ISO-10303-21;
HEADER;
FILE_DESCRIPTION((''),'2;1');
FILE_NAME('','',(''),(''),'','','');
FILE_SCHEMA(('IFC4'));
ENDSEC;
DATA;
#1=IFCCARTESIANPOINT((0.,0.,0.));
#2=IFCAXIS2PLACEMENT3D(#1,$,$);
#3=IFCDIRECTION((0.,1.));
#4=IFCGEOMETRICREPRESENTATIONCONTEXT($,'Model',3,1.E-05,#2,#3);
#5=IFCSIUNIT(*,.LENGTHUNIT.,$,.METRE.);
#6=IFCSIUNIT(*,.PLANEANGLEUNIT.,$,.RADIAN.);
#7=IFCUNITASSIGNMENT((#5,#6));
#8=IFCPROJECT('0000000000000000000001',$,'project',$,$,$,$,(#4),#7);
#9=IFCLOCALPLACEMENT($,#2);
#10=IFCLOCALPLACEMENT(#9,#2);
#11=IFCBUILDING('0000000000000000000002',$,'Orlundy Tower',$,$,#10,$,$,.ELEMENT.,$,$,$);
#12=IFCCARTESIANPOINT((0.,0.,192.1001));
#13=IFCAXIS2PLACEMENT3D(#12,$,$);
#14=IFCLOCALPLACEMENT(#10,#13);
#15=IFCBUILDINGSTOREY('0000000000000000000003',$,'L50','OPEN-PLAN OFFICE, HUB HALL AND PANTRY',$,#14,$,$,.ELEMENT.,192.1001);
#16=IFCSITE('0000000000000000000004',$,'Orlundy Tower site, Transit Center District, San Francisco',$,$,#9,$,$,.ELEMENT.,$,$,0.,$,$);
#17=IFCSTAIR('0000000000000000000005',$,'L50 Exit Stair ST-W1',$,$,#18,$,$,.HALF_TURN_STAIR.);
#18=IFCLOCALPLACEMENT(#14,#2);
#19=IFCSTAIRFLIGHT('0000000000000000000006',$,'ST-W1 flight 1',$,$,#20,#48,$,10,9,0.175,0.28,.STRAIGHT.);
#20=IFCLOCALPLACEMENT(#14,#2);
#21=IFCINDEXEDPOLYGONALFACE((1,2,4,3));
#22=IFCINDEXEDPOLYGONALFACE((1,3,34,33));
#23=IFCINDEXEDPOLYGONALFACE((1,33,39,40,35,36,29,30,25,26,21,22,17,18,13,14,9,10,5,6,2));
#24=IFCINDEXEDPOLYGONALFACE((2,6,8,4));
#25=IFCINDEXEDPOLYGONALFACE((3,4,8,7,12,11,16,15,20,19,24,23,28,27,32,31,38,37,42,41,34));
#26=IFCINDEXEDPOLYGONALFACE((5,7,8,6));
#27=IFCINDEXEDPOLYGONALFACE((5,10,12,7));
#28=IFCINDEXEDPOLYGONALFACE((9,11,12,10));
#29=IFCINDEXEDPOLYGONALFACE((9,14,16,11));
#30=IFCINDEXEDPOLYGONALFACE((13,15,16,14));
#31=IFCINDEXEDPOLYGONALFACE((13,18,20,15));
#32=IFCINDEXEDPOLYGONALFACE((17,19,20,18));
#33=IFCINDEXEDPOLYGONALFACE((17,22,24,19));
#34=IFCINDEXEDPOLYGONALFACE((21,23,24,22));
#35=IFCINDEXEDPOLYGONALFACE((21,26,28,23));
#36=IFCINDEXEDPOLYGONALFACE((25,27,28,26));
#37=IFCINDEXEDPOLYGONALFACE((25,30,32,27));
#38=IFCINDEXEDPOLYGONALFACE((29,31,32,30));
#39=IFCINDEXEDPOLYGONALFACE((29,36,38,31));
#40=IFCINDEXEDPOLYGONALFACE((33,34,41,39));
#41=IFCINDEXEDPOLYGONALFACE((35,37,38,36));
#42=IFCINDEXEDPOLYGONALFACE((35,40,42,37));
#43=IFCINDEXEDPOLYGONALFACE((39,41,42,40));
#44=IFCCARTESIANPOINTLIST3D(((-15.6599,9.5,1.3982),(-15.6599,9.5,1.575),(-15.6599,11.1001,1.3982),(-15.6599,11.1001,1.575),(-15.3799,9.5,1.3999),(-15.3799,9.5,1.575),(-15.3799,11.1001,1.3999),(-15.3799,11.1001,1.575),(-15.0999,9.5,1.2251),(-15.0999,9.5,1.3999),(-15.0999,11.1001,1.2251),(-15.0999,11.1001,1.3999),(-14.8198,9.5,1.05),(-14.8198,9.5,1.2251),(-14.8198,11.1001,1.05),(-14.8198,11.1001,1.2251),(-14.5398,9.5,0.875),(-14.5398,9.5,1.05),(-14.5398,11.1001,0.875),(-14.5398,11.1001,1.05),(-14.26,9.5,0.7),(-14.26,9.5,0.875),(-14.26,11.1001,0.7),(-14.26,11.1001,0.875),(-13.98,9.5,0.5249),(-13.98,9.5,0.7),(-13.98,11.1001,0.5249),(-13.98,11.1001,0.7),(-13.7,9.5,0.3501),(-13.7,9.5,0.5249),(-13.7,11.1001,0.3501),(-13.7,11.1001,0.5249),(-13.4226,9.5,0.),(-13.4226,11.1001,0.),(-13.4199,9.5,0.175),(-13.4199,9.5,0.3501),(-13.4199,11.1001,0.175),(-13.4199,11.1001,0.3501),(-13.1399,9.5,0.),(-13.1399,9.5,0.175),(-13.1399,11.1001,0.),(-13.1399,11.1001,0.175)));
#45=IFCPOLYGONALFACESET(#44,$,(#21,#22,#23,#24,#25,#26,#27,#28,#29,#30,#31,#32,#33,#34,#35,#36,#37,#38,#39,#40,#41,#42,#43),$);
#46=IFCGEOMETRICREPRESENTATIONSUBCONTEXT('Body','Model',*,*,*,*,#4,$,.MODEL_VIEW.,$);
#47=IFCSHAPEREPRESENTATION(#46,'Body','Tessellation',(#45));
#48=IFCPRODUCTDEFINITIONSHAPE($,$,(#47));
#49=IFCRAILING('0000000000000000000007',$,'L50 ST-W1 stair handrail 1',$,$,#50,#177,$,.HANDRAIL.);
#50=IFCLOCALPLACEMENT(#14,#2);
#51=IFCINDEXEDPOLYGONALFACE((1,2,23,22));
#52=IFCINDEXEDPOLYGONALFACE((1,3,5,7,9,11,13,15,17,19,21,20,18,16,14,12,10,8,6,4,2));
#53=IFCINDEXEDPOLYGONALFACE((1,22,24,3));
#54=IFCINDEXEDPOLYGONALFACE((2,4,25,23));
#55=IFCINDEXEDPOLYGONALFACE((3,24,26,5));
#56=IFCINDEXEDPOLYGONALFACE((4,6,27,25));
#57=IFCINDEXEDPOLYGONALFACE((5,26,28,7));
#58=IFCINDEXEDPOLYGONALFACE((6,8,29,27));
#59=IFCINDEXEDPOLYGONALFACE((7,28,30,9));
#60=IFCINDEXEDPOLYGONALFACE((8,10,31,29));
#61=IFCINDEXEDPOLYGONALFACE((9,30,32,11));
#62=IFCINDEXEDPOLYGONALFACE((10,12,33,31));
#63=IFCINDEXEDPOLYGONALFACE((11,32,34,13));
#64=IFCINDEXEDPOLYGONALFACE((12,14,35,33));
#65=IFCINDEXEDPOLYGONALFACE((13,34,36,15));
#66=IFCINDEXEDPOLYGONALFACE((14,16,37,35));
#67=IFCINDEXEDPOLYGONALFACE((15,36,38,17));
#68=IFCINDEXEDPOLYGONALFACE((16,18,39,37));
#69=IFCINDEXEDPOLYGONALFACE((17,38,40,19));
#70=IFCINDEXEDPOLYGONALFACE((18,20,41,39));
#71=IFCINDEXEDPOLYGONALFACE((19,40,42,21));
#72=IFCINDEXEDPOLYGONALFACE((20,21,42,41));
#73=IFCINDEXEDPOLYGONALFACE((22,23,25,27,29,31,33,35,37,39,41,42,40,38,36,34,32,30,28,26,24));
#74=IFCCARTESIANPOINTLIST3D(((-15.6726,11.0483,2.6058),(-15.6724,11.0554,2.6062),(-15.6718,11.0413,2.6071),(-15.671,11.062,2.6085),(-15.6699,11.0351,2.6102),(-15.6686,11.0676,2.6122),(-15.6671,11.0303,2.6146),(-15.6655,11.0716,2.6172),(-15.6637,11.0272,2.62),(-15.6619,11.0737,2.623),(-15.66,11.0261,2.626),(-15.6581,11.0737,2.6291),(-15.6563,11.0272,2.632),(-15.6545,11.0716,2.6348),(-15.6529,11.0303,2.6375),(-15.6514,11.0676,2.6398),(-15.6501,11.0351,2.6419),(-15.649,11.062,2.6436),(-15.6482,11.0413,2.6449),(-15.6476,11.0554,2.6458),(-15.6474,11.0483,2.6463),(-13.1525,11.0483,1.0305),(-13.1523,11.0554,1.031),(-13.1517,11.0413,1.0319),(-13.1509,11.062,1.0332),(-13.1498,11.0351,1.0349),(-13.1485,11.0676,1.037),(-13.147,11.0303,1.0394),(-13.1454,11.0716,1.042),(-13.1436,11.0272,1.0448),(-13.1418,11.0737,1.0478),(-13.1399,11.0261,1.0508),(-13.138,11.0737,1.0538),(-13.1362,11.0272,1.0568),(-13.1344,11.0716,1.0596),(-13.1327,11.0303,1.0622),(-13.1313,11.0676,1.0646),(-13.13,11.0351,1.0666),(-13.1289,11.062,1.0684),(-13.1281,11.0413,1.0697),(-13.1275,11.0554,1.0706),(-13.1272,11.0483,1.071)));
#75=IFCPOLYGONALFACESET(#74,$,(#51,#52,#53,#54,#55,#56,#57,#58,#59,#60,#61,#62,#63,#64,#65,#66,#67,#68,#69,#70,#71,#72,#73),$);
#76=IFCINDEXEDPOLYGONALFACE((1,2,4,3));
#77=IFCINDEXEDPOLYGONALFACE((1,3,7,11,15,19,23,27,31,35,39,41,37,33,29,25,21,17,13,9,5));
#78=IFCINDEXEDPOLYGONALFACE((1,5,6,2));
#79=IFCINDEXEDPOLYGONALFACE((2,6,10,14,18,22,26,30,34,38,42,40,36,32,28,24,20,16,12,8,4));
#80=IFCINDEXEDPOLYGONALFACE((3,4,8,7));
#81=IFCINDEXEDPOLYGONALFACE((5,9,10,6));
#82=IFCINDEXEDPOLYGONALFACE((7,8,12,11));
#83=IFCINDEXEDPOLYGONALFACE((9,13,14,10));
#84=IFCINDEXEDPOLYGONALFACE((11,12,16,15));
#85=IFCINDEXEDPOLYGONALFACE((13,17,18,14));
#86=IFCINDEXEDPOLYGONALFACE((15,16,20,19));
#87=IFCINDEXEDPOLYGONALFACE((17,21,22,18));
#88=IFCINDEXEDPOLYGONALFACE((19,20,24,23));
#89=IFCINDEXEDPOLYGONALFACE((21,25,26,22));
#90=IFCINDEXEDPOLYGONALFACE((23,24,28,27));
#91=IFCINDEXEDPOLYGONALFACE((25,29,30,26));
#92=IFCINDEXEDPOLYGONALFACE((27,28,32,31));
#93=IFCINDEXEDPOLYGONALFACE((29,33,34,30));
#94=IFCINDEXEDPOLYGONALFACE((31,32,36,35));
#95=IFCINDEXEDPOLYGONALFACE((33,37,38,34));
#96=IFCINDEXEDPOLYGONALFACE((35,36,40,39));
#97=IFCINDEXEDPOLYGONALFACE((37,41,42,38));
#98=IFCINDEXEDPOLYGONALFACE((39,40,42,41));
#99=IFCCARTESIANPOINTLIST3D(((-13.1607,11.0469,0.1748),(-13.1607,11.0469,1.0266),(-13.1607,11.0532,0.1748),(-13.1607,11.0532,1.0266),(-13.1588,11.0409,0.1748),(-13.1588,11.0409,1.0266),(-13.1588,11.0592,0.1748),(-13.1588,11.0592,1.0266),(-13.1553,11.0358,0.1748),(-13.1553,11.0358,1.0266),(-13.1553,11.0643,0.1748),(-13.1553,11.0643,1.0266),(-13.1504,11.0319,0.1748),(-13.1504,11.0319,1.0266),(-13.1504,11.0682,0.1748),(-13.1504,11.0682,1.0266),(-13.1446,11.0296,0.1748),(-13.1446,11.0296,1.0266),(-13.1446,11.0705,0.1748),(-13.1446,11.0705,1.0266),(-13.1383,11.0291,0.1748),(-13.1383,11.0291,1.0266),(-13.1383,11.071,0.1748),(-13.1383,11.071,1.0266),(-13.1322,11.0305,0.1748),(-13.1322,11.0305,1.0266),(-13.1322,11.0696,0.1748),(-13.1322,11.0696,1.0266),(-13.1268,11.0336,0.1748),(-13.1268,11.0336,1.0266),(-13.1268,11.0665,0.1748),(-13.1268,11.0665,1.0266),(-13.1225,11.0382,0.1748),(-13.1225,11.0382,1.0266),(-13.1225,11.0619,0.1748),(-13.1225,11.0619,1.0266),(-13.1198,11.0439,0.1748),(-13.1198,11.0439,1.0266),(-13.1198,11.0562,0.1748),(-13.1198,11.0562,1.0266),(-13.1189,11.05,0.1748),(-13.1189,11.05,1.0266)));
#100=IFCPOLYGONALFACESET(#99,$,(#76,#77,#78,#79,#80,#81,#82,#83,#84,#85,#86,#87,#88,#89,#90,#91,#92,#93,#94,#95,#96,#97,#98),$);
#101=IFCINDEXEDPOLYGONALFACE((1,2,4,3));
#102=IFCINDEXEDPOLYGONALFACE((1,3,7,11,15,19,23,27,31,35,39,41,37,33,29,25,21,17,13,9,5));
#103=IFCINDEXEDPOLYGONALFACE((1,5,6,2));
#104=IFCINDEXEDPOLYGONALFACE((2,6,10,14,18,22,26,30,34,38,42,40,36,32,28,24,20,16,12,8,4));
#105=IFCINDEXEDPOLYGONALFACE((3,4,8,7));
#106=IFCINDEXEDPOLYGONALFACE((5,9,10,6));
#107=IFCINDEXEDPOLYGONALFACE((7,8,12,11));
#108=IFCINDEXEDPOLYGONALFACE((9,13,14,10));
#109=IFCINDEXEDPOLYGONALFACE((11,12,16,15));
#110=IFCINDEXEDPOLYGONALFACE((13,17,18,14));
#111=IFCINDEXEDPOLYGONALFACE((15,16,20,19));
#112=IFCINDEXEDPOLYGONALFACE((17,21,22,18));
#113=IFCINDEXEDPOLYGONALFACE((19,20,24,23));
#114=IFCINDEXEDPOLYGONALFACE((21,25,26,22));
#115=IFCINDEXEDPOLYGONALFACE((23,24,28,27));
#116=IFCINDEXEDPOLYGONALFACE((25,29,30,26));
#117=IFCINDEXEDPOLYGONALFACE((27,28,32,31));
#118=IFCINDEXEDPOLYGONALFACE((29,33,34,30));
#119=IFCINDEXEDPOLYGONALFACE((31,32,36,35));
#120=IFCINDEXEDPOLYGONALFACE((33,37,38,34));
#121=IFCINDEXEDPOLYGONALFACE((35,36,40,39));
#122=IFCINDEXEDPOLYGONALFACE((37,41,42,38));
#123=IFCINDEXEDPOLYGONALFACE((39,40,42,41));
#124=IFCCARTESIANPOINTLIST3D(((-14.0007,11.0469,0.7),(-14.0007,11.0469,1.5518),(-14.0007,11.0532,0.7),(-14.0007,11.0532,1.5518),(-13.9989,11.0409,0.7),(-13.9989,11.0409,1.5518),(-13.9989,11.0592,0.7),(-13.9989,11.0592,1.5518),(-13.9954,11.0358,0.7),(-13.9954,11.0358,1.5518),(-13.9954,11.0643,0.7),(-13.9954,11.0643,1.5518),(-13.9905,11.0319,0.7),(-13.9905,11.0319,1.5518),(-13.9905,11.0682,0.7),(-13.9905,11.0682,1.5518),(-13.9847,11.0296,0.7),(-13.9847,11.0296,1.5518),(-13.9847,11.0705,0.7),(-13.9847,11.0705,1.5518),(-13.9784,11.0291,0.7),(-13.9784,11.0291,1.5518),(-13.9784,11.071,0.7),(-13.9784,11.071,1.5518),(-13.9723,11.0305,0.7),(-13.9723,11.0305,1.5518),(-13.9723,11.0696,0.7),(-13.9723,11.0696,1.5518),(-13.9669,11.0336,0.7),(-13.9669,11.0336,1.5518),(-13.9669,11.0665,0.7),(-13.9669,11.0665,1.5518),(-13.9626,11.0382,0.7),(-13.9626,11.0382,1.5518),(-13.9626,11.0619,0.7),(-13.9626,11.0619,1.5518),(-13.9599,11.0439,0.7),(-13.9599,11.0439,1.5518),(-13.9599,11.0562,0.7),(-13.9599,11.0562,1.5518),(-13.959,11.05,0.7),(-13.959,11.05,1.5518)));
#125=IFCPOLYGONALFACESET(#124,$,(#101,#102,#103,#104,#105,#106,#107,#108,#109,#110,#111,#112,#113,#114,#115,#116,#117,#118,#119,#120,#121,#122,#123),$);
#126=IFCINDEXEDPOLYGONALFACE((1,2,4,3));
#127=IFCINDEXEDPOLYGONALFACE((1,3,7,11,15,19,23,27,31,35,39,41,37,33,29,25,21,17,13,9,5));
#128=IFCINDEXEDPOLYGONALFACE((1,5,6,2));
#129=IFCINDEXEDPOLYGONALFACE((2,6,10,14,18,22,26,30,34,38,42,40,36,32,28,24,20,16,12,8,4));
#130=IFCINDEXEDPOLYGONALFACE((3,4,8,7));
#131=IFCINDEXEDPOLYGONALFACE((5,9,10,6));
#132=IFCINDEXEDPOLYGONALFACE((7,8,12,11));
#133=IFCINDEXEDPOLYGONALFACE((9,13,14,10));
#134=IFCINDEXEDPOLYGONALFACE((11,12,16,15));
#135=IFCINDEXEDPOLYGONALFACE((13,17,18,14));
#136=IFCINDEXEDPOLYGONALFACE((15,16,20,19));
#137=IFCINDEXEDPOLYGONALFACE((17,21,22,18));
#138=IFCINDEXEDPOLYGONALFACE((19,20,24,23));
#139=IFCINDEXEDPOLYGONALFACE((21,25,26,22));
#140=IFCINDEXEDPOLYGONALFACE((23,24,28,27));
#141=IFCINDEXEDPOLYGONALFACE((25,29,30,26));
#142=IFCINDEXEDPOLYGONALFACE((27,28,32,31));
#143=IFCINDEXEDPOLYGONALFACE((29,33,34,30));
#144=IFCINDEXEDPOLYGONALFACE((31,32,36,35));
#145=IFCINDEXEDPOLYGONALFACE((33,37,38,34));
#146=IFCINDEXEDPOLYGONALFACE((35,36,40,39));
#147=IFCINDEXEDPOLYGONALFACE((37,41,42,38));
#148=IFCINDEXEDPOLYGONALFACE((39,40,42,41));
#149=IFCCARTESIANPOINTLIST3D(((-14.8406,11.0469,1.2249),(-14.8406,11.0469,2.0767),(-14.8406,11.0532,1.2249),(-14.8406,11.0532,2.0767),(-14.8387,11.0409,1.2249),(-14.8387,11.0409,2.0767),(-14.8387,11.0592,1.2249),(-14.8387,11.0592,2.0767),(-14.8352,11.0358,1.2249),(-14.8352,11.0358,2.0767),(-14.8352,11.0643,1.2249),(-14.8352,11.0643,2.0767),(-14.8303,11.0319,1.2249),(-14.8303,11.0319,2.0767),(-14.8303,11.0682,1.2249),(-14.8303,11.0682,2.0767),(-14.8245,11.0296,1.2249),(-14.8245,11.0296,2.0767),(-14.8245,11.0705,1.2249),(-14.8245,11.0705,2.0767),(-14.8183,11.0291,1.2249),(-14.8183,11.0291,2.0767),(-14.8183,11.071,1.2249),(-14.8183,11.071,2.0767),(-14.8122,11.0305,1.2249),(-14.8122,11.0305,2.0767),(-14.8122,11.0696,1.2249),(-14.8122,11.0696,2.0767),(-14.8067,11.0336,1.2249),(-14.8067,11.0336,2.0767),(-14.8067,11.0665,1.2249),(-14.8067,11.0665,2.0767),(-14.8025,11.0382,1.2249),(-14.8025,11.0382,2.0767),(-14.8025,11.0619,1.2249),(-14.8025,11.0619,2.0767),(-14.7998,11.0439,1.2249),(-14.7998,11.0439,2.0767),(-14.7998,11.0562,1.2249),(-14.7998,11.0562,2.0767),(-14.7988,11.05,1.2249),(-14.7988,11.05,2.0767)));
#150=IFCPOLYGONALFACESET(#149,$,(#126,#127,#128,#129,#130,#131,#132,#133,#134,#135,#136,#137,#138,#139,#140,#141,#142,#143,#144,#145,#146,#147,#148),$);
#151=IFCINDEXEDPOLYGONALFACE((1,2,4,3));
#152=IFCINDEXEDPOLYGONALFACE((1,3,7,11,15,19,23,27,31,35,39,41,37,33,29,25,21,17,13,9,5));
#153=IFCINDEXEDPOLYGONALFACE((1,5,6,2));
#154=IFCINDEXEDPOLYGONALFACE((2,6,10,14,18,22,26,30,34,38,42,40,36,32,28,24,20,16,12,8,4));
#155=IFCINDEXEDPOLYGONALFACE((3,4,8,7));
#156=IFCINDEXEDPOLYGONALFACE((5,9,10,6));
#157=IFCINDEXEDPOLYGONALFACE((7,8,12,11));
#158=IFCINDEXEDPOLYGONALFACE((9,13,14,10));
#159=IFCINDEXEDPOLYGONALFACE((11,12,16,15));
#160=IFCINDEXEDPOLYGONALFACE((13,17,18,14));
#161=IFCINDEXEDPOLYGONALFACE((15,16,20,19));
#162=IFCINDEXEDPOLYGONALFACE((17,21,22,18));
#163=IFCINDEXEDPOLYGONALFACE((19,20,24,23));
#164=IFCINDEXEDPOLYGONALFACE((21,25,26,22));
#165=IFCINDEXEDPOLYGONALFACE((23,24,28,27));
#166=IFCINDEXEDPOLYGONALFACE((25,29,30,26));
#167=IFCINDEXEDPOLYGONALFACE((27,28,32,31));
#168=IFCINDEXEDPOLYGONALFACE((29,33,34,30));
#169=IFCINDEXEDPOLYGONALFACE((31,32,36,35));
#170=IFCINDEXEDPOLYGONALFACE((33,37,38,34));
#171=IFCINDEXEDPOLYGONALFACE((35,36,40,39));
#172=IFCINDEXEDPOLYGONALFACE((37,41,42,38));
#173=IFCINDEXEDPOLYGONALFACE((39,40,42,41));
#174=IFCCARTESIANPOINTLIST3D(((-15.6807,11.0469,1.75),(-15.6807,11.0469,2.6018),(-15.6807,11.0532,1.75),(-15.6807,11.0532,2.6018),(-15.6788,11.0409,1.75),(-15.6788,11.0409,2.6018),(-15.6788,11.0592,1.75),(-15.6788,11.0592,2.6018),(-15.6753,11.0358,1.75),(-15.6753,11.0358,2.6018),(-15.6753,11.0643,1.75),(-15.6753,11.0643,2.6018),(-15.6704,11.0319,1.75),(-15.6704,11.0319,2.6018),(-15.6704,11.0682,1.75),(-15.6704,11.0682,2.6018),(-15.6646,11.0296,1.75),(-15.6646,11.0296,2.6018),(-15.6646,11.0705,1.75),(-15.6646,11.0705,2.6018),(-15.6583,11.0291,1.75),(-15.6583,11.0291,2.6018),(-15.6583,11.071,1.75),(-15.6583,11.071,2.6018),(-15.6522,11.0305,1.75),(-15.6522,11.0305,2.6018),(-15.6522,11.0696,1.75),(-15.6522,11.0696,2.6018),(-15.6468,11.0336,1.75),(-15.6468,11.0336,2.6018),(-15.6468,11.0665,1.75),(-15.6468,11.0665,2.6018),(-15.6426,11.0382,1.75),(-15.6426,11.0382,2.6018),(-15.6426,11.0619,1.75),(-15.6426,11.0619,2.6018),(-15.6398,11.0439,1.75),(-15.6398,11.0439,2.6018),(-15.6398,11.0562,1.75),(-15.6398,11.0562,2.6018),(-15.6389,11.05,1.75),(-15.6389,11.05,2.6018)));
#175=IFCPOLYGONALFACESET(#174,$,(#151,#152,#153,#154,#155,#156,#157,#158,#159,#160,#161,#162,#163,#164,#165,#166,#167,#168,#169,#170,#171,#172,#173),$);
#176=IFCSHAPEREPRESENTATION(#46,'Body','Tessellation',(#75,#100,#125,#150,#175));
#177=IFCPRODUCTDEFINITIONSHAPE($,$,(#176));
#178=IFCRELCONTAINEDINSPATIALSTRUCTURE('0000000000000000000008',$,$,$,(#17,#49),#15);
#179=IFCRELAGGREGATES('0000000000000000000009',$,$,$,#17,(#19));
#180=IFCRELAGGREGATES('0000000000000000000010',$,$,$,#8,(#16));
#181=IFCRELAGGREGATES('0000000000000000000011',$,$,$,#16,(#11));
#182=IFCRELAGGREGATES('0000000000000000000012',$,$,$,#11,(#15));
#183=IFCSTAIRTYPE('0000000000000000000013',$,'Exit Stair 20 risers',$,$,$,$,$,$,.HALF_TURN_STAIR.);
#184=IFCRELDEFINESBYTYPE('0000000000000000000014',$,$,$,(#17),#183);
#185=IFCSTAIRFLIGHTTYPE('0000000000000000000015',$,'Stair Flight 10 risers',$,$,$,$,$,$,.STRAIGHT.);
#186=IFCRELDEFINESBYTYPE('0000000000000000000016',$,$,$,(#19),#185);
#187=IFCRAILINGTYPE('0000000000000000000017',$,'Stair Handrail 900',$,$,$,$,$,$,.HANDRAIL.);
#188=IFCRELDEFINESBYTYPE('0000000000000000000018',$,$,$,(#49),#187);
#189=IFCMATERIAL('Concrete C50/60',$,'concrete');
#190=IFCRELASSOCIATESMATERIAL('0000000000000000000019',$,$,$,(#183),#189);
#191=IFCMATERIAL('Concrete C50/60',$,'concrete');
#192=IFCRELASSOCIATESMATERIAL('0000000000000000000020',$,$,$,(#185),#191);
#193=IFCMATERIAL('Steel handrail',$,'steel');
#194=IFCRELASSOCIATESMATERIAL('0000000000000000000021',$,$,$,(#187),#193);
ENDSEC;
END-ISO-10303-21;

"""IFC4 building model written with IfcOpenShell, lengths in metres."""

from ifc_helpers import new_model, si_unit, direction, frame, origin, origin_2d, place, context, subcontext, project, spatial, polyline, circle, outline, extrude, material, type_object, element, aggregate, save


model = new_model("IFC4")

# Units and contexts
model_context = context("Model", 3, precision=1e-05, world=origin(), true_north=direction((0.0, 1.0)))
body_context = subcontext(model_context, "Body", "Model", "MODEL_VIEW")
ifc_project = project(units=[si_unit("LENGTHUNIT", "METRE"), si_unit("PLANEANGLEUNIT", "RADIAN")], contexts=[model_context])

# Site, building, storey
site_placement = place(None, origin())
site = spatial("IfcSite", under=ifc_project, at=site_placement, Name="Orlundy Tower site, Transit Center District, San Francisco", CompositionType="ELEMENT", RefElevation=0.0)
building_placement = place(site_placement, origin())
building = spatial("IfcBuilding", under=site, at=building_placement, Name="Orlundy Tower", CompositionType="ELEMENT")
storey_placement = place(building_placement, frame((0.0, 0.0, 192.1001)))
storey = spatial("IfcBuildingStorey", under=building, at=storey_placement, Name="L50", Description="OPEN-PLAN OFFICE, HUB HALL AND PANTRY", CompositionType="ELEMENT", Elevation=192.1001)

# Stair, stair flight
ifc_material_1 = material(Name="Concrete C50/60", Category="concrete")
stair_type = type_object("IfcStairType", Name="Exit Stair 20 risers", PredefinedType="HALF_TURN_STAIR", material=ifc_material_1)
stair_placement = place(storey_placement, origin())
stair = element("IfcStair", 1, at=stair_placement, inside=storey, type_object=stair_type, Name="L50 Exit Stair ST-W1", PredefinedType="HALF_TURN_STAIR")
ifc_material_2 = material(Name="Concrete C50/60", Category="concrete")
stair_flight_type = type_object("IfcStairFlightType", Name="Stair Flight 10 risers", PredefinedType="STRAIGHT", material=ifc_material_2)
stair_flight_placement = place(storey_placement, frame((-13.1399, 10.3, 0.0), z_axis=(0.0, 0.0, 1.0), x_axis=(-1.0, 0.0, 0.0)))
stair_flight = element("IfcStairFlight", 2, at=stair_flight_placement, type_object=stair_flight_type, Name="ST-W1 flight 1", NumberOfRisers=10, NumberOfTreads=9, PredefinedType="STRAIGHT", RiserHeight=0.175, TreadLength=0.28, context=body_context, shape_type="SweptSolid", body=[
    extrude(outline(polyline([(0.0, 0.0), (0.0, 0.175), (0.28, 0.175), (0.28, 0.3501), (0.5601, 0.3501), (0.5601, 0.5249), (0.8401, 0.5249), (0.8401, 0.7), (1.1201, 0.7), (1.1201, 0.875), (1.3999, 0.875), (1.3999, 1.05), (1.6799, 1.05), (1.6799, 1.2251), (1.96, 1.2251), (1.96, 1.3999), (2.24, 1.3999), (2.24, 1.575), (2.52, 1.575), (2.52, 1.75), (2.52, 1.3982), (0.2827, 0.0), (0.0, 0.0)])), frame((0.0, 0.8, 0.0), z_axis=(0.0, -1.0, 0.0), x_axis=(1.0, 0.0, 0.0)), (0.0, 0.0, 1.0), 1.6001),
])
aggregate(stair, [stair_flight])

# Railing
ifc_material_3 = material(Name="Steel handrail", Category="steel")
railing_type_1 = type_object("IfcRailingType", Name="Stair Handrail 900", PredefinedType="HANDRAIL", material=ifc_material_3)
railing_1_placement = place(storey_placement, frame((-13.1399, 11.05, 0.1748)))
element("IfcRailing", 3, at=railing_1_placement, inside=storey, type_object=railing_type_1, Name="L50 ST-W1 stair handrail 1", PredefinedType="HANDRAIL", context=body_context, shape_type="SweptSolid", body=[
    extrude(circle(Radius=0.0239, at=origin_2d()), frame((0.0, 0.0, 0.876), z_axis=(-0.847971, 0.0, 0.530043), x_axis=(0.0, -1.0, 0.0)), (0.0, 0.0, 1.0), 2.9719),
    extrude(circle(Radius=0.021, at=origin_2d()), origin(), (0.0, 0.0, 1.0), 0.8518),
    extrude(circle(Radius=0.021, at=origin_2d()), frame((-0.8401, 0.0, 0.5251)), (0.0, 0.0, 1.0), 0.8518),
    extrude(circle(Radius=0.021, at=origin_2d()), frame((-1.6799, 0.0, 1.05)), (0.0, 0.0, 1.0), 0.8518),
    extrude(circle(Radius=0.021, at=origin_2d()), frame((-2.52, 0.0, 1.5752)), (0.0, 0.0, 1.0), 0.8518),
])

save(model, "model.ifc")
